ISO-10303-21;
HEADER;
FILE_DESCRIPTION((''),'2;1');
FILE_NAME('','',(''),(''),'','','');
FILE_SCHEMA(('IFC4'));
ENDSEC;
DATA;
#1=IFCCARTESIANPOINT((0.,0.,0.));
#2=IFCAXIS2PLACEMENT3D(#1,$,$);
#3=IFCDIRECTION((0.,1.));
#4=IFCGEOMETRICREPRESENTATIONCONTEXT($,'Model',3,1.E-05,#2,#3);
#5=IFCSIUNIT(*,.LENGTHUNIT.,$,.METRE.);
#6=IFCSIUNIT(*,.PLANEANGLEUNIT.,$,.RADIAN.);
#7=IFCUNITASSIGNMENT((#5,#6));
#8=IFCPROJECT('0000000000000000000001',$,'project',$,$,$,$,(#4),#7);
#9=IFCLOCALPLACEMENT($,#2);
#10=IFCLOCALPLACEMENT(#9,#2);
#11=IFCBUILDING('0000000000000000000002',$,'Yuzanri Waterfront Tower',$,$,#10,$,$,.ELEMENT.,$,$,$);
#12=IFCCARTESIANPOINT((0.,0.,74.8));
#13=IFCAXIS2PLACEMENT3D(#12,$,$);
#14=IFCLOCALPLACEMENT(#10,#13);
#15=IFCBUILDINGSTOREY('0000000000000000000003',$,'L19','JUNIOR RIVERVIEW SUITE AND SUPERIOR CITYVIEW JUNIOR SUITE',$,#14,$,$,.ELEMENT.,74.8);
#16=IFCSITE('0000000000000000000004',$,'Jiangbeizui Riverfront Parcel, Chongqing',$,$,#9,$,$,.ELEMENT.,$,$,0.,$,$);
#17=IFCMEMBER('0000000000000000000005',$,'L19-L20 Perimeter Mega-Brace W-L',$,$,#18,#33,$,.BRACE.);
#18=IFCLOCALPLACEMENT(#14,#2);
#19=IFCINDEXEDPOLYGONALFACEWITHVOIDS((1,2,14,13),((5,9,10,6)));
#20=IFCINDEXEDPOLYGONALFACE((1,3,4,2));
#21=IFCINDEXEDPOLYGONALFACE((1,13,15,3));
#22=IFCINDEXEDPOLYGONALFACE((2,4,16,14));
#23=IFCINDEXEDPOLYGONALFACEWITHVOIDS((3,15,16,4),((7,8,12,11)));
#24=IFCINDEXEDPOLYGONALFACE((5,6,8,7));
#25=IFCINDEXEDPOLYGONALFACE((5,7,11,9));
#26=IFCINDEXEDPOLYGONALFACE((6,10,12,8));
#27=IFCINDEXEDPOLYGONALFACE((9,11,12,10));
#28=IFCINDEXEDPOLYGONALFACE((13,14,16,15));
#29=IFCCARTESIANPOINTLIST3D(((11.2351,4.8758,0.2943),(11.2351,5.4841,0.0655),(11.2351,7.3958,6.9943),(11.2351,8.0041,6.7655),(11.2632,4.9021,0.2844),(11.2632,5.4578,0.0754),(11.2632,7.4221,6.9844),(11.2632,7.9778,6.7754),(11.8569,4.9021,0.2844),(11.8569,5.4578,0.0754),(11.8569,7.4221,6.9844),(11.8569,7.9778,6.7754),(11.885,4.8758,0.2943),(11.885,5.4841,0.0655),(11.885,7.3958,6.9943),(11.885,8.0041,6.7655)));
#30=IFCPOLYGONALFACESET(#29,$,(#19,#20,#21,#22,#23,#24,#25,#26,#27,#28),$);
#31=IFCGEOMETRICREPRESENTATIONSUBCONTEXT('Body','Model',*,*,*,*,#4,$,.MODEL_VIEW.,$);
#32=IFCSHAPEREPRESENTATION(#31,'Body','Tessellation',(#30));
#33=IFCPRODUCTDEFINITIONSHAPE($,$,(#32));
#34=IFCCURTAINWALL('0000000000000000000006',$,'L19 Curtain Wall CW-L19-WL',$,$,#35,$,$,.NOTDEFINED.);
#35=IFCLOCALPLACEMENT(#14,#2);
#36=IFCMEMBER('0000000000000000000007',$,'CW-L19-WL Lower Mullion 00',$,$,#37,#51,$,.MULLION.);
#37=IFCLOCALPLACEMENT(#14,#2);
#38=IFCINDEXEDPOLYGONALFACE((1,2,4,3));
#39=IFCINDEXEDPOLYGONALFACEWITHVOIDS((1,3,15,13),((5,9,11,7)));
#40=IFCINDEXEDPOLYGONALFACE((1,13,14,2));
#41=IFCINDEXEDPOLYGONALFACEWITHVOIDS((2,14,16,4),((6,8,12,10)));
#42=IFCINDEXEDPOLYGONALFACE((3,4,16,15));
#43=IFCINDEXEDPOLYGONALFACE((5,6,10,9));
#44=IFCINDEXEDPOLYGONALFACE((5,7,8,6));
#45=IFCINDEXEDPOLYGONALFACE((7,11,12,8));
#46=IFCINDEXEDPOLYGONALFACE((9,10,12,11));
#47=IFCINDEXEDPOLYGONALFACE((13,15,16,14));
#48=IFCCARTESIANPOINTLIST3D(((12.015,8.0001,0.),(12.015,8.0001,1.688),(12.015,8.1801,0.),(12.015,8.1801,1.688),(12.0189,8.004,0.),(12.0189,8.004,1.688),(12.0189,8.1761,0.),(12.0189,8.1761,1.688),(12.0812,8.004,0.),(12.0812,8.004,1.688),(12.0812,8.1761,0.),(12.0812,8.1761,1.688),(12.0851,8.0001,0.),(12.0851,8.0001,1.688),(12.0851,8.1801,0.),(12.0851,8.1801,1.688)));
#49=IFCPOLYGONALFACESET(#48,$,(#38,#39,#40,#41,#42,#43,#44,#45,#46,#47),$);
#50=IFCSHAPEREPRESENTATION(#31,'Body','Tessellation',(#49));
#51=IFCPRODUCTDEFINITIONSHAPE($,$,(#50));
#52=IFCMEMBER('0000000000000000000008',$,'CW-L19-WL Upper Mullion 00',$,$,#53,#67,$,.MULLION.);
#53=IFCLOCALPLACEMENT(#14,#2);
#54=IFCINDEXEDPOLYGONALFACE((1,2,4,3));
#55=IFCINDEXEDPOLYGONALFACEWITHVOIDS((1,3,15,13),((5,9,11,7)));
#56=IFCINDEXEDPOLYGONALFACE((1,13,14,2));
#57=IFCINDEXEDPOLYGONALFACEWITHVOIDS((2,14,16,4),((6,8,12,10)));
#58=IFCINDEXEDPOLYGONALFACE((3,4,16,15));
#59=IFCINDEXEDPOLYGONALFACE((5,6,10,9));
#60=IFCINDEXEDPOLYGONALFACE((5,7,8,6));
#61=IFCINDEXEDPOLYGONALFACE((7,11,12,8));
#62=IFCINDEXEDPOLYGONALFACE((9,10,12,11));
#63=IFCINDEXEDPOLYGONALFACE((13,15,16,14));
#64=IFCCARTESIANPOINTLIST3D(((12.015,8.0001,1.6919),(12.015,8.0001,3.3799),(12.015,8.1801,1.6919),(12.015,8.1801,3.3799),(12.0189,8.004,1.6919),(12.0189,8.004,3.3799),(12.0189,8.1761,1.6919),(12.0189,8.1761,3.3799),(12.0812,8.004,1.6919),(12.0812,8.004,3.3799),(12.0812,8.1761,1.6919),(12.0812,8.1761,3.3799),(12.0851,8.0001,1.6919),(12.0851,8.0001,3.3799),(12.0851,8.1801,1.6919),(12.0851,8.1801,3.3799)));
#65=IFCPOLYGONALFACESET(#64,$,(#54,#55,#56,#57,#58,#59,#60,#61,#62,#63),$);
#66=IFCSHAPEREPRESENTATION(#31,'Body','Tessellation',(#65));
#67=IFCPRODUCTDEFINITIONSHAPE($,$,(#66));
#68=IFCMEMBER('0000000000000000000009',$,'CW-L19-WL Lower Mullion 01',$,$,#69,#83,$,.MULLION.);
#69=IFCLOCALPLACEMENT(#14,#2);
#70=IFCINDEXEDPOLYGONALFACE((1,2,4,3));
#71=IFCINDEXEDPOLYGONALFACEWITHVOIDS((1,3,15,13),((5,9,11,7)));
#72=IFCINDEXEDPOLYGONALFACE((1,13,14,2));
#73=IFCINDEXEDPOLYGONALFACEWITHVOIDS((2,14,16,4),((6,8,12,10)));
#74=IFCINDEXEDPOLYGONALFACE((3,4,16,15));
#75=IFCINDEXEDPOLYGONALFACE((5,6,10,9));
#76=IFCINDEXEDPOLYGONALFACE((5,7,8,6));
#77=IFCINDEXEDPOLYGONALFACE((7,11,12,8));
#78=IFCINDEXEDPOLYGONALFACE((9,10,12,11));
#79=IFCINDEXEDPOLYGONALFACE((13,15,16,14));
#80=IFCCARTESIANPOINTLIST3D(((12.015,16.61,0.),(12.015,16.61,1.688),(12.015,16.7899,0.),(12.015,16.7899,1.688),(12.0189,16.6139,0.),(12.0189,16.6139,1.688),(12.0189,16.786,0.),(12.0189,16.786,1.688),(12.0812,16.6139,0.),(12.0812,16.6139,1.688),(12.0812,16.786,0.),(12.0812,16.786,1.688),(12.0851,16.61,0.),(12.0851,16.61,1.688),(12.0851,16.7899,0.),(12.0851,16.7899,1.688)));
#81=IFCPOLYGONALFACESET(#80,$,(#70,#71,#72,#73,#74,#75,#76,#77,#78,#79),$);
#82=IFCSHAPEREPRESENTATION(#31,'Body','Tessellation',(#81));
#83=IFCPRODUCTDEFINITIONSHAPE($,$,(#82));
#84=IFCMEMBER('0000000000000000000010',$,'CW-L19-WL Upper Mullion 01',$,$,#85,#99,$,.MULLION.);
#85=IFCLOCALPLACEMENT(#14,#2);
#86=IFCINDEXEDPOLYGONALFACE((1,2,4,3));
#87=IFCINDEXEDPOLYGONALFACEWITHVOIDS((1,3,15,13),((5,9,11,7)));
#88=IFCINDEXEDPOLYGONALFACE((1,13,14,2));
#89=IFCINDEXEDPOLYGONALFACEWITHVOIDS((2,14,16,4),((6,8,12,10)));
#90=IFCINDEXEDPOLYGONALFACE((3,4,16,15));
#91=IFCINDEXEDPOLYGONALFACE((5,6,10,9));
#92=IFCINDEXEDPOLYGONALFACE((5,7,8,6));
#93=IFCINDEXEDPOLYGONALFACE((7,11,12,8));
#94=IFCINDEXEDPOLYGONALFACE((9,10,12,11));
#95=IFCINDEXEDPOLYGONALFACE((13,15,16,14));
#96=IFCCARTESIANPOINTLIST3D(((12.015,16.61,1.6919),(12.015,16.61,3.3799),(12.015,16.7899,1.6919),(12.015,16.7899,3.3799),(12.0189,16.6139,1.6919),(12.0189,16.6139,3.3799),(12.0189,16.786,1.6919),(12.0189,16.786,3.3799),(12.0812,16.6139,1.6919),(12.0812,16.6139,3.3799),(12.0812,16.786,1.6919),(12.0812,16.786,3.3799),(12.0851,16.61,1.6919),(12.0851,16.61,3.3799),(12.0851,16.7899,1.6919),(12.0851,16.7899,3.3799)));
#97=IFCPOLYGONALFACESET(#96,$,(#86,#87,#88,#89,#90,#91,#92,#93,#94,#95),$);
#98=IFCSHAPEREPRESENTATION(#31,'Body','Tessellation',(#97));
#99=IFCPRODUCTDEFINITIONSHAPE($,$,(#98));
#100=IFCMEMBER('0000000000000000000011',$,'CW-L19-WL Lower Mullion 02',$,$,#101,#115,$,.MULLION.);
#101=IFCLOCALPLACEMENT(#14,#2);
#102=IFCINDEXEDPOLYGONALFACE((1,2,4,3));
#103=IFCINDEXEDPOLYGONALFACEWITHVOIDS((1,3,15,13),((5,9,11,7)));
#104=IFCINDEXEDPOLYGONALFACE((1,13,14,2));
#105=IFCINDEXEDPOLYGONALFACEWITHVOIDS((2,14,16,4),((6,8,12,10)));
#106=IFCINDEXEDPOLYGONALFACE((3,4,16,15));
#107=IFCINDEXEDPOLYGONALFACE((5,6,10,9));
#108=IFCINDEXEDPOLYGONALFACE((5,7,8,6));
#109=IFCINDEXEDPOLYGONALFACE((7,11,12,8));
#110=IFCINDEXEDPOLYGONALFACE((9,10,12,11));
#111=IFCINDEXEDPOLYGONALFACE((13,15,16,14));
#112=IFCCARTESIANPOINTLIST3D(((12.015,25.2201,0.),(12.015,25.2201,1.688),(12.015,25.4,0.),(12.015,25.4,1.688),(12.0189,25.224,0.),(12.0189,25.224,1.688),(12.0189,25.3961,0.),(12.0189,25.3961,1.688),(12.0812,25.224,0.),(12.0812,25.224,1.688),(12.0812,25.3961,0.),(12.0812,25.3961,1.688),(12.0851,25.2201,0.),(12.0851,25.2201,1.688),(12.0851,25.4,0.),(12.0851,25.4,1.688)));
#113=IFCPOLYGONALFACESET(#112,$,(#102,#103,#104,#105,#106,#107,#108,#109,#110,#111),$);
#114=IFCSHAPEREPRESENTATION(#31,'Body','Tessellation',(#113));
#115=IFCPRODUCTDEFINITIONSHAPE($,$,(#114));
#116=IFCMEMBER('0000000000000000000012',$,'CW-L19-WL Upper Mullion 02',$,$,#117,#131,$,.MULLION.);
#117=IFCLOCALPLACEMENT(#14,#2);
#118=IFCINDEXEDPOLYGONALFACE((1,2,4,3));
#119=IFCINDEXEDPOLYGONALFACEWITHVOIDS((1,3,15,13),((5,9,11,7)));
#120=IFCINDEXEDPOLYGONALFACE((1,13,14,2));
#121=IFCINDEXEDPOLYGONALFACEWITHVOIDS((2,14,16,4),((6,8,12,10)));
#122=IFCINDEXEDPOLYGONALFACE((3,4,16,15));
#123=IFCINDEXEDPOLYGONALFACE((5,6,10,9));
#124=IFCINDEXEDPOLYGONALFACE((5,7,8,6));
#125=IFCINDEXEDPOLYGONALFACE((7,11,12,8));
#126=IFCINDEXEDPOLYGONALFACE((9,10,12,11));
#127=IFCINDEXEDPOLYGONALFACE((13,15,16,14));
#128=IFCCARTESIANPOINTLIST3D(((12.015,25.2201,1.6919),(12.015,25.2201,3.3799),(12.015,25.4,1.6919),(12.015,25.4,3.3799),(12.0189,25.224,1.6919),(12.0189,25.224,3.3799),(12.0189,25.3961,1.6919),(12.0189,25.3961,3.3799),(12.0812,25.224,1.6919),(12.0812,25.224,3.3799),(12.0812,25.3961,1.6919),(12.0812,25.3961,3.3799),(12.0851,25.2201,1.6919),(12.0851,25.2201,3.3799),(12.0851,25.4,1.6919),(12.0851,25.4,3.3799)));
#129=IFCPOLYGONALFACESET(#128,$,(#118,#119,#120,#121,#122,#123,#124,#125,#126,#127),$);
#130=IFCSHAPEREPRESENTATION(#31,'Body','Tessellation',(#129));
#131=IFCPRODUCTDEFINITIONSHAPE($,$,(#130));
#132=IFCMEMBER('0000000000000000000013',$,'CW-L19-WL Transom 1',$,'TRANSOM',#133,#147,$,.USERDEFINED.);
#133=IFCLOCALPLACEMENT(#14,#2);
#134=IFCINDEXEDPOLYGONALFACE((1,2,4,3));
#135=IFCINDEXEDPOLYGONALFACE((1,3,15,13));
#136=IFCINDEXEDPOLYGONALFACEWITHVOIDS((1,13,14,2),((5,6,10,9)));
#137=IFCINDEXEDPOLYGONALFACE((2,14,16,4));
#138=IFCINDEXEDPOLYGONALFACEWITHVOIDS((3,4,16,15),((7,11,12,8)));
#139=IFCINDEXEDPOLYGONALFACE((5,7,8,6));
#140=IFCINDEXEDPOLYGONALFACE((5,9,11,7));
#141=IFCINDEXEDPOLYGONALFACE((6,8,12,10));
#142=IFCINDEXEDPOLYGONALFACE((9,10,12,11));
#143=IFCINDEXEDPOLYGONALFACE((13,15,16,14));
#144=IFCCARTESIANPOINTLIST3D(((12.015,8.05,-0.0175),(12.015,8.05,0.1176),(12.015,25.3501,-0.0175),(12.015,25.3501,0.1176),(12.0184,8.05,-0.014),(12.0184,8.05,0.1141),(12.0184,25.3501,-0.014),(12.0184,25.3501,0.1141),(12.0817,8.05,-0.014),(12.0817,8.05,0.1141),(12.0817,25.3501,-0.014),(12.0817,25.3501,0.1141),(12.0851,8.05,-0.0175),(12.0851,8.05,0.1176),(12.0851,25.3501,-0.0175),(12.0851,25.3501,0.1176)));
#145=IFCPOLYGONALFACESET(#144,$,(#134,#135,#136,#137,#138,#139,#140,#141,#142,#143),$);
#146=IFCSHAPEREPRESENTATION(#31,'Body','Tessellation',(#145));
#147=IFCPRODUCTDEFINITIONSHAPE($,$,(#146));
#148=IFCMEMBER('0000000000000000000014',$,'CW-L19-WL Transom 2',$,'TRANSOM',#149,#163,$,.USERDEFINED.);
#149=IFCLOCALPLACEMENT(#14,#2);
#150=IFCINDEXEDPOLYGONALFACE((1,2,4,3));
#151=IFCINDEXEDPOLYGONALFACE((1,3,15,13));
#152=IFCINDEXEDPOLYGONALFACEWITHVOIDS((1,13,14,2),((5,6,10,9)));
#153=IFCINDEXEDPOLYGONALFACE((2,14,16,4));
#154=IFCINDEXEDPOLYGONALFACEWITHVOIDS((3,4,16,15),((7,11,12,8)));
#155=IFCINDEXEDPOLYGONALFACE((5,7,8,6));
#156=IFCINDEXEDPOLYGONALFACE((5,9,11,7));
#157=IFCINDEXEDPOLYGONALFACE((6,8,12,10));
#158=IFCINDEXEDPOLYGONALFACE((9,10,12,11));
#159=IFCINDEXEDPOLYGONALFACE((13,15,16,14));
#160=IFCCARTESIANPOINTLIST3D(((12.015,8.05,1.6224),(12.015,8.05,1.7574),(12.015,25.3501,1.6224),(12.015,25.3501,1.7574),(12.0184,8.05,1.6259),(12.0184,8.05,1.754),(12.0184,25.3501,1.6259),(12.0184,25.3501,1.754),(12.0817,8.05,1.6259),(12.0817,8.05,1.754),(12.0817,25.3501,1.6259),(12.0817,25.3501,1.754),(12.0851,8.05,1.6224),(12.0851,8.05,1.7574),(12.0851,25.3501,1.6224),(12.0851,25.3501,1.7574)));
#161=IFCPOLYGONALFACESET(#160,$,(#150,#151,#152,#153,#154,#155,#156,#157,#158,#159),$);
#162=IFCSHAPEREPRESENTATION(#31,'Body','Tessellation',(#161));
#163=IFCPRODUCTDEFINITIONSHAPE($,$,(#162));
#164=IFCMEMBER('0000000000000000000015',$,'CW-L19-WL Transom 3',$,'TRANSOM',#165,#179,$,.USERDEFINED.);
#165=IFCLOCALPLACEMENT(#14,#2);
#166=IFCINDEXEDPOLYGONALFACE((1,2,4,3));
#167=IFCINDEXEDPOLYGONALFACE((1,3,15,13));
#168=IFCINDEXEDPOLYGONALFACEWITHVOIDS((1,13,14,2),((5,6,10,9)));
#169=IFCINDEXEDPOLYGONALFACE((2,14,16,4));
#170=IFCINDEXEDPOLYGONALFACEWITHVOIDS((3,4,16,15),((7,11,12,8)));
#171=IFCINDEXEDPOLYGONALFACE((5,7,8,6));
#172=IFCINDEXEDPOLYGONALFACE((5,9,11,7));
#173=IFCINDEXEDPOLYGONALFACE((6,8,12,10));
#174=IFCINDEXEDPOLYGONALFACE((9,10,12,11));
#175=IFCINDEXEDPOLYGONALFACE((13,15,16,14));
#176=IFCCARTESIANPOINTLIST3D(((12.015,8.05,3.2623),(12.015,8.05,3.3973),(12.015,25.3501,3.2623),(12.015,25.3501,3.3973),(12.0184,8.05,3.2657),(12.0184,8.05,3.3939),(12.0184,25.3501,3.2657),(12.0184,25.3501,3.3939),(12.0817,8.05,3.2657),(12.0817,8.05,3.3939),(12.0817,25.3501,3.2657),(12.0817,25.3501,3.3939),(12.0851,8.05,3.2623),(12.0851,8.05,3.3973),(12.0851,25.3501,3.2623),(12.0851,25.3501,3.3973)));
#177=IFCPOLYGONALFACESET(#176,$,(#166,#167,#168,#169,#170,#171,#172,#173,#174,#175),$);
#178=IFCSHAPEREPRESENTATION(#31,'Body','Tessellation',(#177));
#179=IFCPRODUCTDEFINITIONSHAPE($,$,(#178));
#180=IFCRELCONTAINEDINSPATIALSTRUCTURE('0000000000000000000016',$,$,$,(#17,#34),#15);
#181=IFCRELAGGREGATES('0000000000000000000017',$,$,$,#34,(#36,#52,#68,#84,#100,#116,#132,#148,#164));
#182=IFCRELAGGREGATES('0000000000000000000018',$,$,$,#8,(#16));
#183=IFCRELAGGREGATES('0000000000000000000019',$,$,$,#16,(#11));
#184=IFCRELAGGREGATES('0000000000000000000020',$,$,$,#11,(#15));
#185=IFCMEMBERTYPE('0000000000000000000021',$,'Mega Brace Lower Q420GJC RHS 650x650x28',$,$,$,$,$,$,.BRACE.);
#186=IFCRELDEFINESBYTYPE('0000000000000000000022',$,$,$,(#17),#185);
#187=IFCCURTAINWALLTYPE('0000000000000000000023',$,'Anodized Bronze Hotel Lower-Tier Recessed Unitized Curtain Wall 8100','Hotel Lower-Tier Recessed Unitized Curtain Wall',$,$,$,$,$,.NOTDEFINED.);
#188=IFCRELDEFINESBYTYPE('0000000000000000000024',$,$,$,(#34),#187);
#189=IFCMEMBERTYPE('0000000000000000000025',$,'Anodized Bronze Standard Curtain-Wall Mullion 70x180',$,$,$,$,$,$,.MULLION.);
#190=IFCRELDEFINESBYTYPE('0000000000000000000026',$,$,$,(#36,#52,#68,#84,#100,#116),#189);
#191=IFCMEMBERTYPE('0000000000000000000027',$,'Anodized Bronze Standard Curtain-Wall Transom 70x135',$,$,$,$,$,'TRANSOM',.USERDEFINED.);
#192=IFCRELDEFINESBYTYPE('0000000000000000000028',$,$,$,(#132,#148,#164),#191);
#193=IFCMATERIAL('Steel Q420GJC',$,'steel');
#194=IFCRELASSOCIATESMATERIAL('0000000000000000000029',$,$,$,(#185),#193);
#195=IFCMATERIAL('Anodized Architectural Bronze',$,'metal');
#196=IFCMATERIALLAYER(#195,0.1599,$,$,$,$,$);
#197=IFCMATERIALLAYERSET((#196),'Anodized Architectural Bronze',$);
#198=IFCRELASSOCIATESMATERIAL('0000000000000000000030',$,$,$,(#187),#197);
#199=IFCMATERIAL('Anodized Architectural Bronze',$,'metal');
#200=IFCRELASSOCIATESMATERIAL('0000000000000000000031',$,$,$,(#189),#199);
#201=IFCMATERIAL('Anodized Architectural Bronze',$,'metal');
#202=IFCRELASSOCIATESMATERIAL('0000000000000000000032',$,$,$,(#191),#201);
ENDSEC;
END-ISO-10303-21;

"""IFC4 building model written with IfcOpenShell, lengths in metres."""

from ifc_helpers import new_model, si_unit, direction, frame, origin, origin_2d, place, context, subcontext, project, spatial, hollow_rectangle, extrude, source, transform, mapped, material, layer, layer_set, material_profile, profile_set, type_object, element, aggregate, save


model = new_model("IFC4")

# Units and contexts
model_context = context("Model", 3, precision=1e-05, world=origin(), true_north=direction((0.0, 1.0)))
body_context = subcontext(model_context, "Body", "Model", "MODEL_VIEW")
ifc_project = project(units=[si_unit("LENGTHUNIT", "METRE"), si_unit("PLANEANGLEUNIT", "RADIAN")], contexts=[model_context])

# Site, building, storey
site_placement = place(None, origin())
site = spatial("IfcSite", under=ifc_project, at=site_placement, Name="Jiangbeizui Riverfront Parcel, Chongqing", CompositionType="ELEMENT", RefElevation=0.0)
building_placement = place(site_placement, origin())
building = spatial("IfcBuilding", under=site, at=building_placement, Name="Yuzanri Waterfront Tower", CompositionType="ELEMENT")
storey_placement = place(building_placement, frame((0.0, 0.0, 74.8)))
storey = spatial("IfcBuildingStorey", under=building, at=storey_placement, Name="L19", Description="JUNIOR RIVERVIEW SUITE AND SUPERIOR CITYVIEW JUNIOR SUITE", CompositionType="ELEMENT", Elevation=74.8)

# Member
ifc_material_1 = material(Name="Steel Q420GJC", Category="steel")
ifc_material_profile_1 = material_profile(ifc_material_1, hollow_rectangle(XDim=0.6499, YDim=0.6499, WallThickness=0.0281, at=origin_2d()), Name="RHS 650x650x28")
ifc_profile_set_1 = profile_set([ifc_material_profile_1], Name="Steel Q420GJC")
member_type_1 = type_object("IfcMemberType", Name="Mega Brace Lower Q420GJC RHS 650x650x28", PredefinedType="BRACE", material=ifc_profile_set_1)
shared_shape_1 = source(origin(), body_context, "Body", "SweptSolid", [
    extrude(hollow_rectangle(XDim=0.6499, YDim=0.6499, WallThickness=0.0281, at=origin_2d()), origin(), (0.0, 0.0, 1.0), 7.1582),
])
member_1_placement = place(storey_placement, frame((11.5601, 5.1799, 0.1799), z_axis=(0.0, 0.352046, 0.935983), x_axis=(-1.0, 0.0, 0.0)))
element("IfcMember", 1, at=member_1_placement, inside=storey, type_object=member_type_1, Name="L19-L20 Perimeter Mega-Brace W-L", PredefinedType="BRACE", context=body_context, shape_type="MappedRepresentation", body=[
    mapped(shared_shape_1, transform((0.0, 0.0, 0.0), scale=1.0)),
])

# Curtain wall, members
ifc_material_2 = material(Name="Anodized Architectural Bronze", Category="metal")
ifc_layer_1 = layer(ifc_material_2, 0.1599)
ifc_layer_set_1 = layer_set([ifc_layer_1], Name="Anodized Architectural Bronze")
curtain_wall_type = type_object("IfcCurtainWallType", Name="Anodized Bronze Hotel Lower-Tier Recessed Unitized Curtain Wall 8100", Description="Hotel Lower-Tier Recessed Unitized Curtain Wall", PredefinedType="NOTDEFINED", material=ifc_layer_set_1)
curtain_wall_placement = place(storey_placement, origin())
curtain_wall = element("IfcCurtainWall", 2, at=curtain_wall_placement, inside=storey, type_object=curtain_wall_type, Name="L19 Curtain Wall CW-L19-WL", PredefinedType="NOTDEFINED")
ifc_material_3 = material(Name="Anodized Architectural Bronze", Category="metal")
ifc_material_profile_2 = material_profile(ifc_material_3, hollow_rectangle(XDim=0.0701, YDim=0.1799, WallThickness=0.0039, at=origin_2d()), Name="CWM 70x180")
ifc_profile_set_2 = profile_set([ifc_material_profile_2], Name="Anodized Architectural Bronze")
member_type_2 = type_object("IfcMemberType", Name="Anodized Bronze Standard Curtain-Wall Mullion 70x180", PredefinedType="MULLION", material=ifc_profile_set_2)
shared_shape_2 = source(origin(), body_context, "Body", "SweptSolid", [
    extrude(hollow_rectangle(XDim=0.0701, YDim=0.1799, WallThickness=0.0039, at=origin_2d()), origin(), (0.0, 0.0, 1.0), 1.688),
])
member_2_placement = place(storey_placement, frame((12.05, 8.0901, 0.0), z_axis=(0.0, 0.0, 1.0), x_axis=(1.0, 0.0, 0.0)))
member_2 = element("IfcMember", 3, at=member_2_placement, type_object=member_type_2, Name="CW-L19-WL Lower Mullion 00", PredefinedType="MULLION", context=body_context, shape_type="MappedRepresentation", body=[
    mapped(shared_shape_2, transform((0.0, 0.0, 0.0), scale=1.0)),
])
member_3_placement = place(storey_placement, frame((12.05, 8.0901, 1.6919), z_axis=(0.0, 0.0, 1.0), x_axis=(1.0, 0.0, 0.0)))
member_3 = element("IfcMember", 4, at=member_3_placement, type_object=member_type_2, Name="CW-L19-WL Upper Mullion 00", PredefinedType="MULLION", context=body_context, shape_type="MappedRepresentation", body=[
    mapped(shared_shape_2, transform((0.0, 0.0, 0.0), scale=1.0)),
])
member_4_placement = place(storey_placement, frame((12.05, 16.7, 0.0), z_axis=(0.0, 0.0, 1.0), x_axis=(1.0, 0.0, 0.0)))
member_4 = element("IfcMember", 5, at=member_4_placement, type_object=member_type_2, Name="CW-L19-WL Lower Mullion 01", PredefinedType="MULLION", context=body_context, shape_type="MappedRepresentation", body=[
    mapped(shared_shape_2, transform((0.0, 0.0, 0.0), scale=1.0)),
])
member_5_placement = place(storey_placement, frame((12.05, 16.7, 1.6919), z_axis=(0.0, 0.0, 1.0), x_axis=(1.0, 0.0, 0.0)))
member_5 = element("IfcMember", 6, at=member_5_placement, type_object=member_type_2, Name="CW-L19-WL Upper Mullion 01", PredefinedType="MULLION", context=body_context, shape_type="MappedRepresentation", body=[
    mapped(shared_shape_2, transform((0.0, 0.0, 0.0), scale=1.0)),
])
member_6_placement = place(storey_placement, frame((12.05, 25.3101, 0.0), z_axis=(0.0, 0.0, 1.0), x_axis=(1.0, 0.0, 0.0)))
member_6 = element("IfcMember", 7, at=member_6_placement, type_object=member_type_2, Name="CW-L19-WL Lower Mullion 02", PredefinedType="MULLION", context=body_context, shape_type="MappedRepresentation", body=[
    mapped(shared_shape_2, transform((0.0, 0.0, 0.0), scale=1.0)),
])
member_7_placement = place(storey_placement, frame((12.05, 25.3101, 1.6919), z_axis=(0.0, 0.0, 1.0), x_axis=(1.0, 0.0, 0.0)))
member_7 = element("IfcMember", 8, at=member_7_placement, type_object=member_type_2, Name="CW-L19-WL Upper Mullion 02", PredefinedType="MULLION", context=body_context, shape_type="MappedRepresentation", body=[
    mapped(shared_shape_2, transform((0.0, 0.0, 0.0), scale=1.0)),
])
ifc_material_4 = material(Name="Anodized Architectural Bronze", Category="metal")
ifc_material_profile_3 = material_profile(ifc_material_4, hollow_rectangle(XDim=0.0701, YDim=0.135, WallThickness=0.0034, at=origin_2d()), Name="CWT 70x135")
ifc_profile_set_3 = profile_set([ifc_material_profile_3], Name="Anodized Architectural Bronze")
member_type_3 = type_object("IfcMemberType", Name="Anodized Bronze Standard Curtain-Wall Transom 70x135", ElementType="TRANSOM", PredefinedType="USERDEFINED", material=ifc_profile_set_3)
shared_shape_3 = source(origin(), body_context, "Body", "SweptSolid", [
    extrude(hollow_rectangle(XDim=0.0701, YDim=0.135, WallThickness=0.0034, at=origin_2d()), origin(), (0.0, 0.0, 1.0), 17.3),
])
member_8_placement = place(storey_placement, frame((12.05, 8.05, 0.05), z_axis=(0.0, 1.0, 0.0), x_axis=(-1.0, 0.0, 0.0)))
member_8 = element("IfcMember", 9, at=member_8_placement, type_object=member_type_3, Name="CW-L19-WL Transom 1", ObjectType="TRANSOM", PredefinedType="USERDEFINED", context=body_context, shape_type="MappedRepresentation", body=[
    mapped(shared_shape_3, transform((0.0, 0.0, 0.0), scale=1.0)),
])
member_9_placement = place(storey_placement, frame((12.05, 8.05, 1.6899), z_axis=(0.0, 1.0, 0.0), x_axis=(-1.0, 0.0, 0.0)))
member_9 = element("IfcMember", 10, at=member_9_placement, type_object=member_type_3, Name="CW-L19-WL Transom 2", ObjectType="TRANSOM", PredefinedType="USERDEFINED", context=body_context, shape_type="MappedRepresentation", body=[
    mapped(shared_shape_3, transform((0.0, 0.0, 0.0), scale=1.0)),
])
member_10_placement = place(storey_placement, frame((12.05, 8.05, 3.3298), z_axis=(0.0, 1.0, 0.0), x_axis=(-1.0, 0.0, 0.0)))
member_10 = element("IfcMember", 11, at=member_10_placement, type_object=member_type_3, Name="CW-L19-WL Transom 3", ObjectType="TRANSOM", PredefinedType="USERDEFINED", context=body_context, shape_type="MappedRepresentation", body=[
    mapped(shared_shape_3, transform((0.0, 0.0, 0.0), scale=1.0)),
])

aggregate(curtain_wall, [member_2, member_3, member_4, member_5, member_6, member_7, member_8, member_9, member_10])

save(model, "model.ifc")
